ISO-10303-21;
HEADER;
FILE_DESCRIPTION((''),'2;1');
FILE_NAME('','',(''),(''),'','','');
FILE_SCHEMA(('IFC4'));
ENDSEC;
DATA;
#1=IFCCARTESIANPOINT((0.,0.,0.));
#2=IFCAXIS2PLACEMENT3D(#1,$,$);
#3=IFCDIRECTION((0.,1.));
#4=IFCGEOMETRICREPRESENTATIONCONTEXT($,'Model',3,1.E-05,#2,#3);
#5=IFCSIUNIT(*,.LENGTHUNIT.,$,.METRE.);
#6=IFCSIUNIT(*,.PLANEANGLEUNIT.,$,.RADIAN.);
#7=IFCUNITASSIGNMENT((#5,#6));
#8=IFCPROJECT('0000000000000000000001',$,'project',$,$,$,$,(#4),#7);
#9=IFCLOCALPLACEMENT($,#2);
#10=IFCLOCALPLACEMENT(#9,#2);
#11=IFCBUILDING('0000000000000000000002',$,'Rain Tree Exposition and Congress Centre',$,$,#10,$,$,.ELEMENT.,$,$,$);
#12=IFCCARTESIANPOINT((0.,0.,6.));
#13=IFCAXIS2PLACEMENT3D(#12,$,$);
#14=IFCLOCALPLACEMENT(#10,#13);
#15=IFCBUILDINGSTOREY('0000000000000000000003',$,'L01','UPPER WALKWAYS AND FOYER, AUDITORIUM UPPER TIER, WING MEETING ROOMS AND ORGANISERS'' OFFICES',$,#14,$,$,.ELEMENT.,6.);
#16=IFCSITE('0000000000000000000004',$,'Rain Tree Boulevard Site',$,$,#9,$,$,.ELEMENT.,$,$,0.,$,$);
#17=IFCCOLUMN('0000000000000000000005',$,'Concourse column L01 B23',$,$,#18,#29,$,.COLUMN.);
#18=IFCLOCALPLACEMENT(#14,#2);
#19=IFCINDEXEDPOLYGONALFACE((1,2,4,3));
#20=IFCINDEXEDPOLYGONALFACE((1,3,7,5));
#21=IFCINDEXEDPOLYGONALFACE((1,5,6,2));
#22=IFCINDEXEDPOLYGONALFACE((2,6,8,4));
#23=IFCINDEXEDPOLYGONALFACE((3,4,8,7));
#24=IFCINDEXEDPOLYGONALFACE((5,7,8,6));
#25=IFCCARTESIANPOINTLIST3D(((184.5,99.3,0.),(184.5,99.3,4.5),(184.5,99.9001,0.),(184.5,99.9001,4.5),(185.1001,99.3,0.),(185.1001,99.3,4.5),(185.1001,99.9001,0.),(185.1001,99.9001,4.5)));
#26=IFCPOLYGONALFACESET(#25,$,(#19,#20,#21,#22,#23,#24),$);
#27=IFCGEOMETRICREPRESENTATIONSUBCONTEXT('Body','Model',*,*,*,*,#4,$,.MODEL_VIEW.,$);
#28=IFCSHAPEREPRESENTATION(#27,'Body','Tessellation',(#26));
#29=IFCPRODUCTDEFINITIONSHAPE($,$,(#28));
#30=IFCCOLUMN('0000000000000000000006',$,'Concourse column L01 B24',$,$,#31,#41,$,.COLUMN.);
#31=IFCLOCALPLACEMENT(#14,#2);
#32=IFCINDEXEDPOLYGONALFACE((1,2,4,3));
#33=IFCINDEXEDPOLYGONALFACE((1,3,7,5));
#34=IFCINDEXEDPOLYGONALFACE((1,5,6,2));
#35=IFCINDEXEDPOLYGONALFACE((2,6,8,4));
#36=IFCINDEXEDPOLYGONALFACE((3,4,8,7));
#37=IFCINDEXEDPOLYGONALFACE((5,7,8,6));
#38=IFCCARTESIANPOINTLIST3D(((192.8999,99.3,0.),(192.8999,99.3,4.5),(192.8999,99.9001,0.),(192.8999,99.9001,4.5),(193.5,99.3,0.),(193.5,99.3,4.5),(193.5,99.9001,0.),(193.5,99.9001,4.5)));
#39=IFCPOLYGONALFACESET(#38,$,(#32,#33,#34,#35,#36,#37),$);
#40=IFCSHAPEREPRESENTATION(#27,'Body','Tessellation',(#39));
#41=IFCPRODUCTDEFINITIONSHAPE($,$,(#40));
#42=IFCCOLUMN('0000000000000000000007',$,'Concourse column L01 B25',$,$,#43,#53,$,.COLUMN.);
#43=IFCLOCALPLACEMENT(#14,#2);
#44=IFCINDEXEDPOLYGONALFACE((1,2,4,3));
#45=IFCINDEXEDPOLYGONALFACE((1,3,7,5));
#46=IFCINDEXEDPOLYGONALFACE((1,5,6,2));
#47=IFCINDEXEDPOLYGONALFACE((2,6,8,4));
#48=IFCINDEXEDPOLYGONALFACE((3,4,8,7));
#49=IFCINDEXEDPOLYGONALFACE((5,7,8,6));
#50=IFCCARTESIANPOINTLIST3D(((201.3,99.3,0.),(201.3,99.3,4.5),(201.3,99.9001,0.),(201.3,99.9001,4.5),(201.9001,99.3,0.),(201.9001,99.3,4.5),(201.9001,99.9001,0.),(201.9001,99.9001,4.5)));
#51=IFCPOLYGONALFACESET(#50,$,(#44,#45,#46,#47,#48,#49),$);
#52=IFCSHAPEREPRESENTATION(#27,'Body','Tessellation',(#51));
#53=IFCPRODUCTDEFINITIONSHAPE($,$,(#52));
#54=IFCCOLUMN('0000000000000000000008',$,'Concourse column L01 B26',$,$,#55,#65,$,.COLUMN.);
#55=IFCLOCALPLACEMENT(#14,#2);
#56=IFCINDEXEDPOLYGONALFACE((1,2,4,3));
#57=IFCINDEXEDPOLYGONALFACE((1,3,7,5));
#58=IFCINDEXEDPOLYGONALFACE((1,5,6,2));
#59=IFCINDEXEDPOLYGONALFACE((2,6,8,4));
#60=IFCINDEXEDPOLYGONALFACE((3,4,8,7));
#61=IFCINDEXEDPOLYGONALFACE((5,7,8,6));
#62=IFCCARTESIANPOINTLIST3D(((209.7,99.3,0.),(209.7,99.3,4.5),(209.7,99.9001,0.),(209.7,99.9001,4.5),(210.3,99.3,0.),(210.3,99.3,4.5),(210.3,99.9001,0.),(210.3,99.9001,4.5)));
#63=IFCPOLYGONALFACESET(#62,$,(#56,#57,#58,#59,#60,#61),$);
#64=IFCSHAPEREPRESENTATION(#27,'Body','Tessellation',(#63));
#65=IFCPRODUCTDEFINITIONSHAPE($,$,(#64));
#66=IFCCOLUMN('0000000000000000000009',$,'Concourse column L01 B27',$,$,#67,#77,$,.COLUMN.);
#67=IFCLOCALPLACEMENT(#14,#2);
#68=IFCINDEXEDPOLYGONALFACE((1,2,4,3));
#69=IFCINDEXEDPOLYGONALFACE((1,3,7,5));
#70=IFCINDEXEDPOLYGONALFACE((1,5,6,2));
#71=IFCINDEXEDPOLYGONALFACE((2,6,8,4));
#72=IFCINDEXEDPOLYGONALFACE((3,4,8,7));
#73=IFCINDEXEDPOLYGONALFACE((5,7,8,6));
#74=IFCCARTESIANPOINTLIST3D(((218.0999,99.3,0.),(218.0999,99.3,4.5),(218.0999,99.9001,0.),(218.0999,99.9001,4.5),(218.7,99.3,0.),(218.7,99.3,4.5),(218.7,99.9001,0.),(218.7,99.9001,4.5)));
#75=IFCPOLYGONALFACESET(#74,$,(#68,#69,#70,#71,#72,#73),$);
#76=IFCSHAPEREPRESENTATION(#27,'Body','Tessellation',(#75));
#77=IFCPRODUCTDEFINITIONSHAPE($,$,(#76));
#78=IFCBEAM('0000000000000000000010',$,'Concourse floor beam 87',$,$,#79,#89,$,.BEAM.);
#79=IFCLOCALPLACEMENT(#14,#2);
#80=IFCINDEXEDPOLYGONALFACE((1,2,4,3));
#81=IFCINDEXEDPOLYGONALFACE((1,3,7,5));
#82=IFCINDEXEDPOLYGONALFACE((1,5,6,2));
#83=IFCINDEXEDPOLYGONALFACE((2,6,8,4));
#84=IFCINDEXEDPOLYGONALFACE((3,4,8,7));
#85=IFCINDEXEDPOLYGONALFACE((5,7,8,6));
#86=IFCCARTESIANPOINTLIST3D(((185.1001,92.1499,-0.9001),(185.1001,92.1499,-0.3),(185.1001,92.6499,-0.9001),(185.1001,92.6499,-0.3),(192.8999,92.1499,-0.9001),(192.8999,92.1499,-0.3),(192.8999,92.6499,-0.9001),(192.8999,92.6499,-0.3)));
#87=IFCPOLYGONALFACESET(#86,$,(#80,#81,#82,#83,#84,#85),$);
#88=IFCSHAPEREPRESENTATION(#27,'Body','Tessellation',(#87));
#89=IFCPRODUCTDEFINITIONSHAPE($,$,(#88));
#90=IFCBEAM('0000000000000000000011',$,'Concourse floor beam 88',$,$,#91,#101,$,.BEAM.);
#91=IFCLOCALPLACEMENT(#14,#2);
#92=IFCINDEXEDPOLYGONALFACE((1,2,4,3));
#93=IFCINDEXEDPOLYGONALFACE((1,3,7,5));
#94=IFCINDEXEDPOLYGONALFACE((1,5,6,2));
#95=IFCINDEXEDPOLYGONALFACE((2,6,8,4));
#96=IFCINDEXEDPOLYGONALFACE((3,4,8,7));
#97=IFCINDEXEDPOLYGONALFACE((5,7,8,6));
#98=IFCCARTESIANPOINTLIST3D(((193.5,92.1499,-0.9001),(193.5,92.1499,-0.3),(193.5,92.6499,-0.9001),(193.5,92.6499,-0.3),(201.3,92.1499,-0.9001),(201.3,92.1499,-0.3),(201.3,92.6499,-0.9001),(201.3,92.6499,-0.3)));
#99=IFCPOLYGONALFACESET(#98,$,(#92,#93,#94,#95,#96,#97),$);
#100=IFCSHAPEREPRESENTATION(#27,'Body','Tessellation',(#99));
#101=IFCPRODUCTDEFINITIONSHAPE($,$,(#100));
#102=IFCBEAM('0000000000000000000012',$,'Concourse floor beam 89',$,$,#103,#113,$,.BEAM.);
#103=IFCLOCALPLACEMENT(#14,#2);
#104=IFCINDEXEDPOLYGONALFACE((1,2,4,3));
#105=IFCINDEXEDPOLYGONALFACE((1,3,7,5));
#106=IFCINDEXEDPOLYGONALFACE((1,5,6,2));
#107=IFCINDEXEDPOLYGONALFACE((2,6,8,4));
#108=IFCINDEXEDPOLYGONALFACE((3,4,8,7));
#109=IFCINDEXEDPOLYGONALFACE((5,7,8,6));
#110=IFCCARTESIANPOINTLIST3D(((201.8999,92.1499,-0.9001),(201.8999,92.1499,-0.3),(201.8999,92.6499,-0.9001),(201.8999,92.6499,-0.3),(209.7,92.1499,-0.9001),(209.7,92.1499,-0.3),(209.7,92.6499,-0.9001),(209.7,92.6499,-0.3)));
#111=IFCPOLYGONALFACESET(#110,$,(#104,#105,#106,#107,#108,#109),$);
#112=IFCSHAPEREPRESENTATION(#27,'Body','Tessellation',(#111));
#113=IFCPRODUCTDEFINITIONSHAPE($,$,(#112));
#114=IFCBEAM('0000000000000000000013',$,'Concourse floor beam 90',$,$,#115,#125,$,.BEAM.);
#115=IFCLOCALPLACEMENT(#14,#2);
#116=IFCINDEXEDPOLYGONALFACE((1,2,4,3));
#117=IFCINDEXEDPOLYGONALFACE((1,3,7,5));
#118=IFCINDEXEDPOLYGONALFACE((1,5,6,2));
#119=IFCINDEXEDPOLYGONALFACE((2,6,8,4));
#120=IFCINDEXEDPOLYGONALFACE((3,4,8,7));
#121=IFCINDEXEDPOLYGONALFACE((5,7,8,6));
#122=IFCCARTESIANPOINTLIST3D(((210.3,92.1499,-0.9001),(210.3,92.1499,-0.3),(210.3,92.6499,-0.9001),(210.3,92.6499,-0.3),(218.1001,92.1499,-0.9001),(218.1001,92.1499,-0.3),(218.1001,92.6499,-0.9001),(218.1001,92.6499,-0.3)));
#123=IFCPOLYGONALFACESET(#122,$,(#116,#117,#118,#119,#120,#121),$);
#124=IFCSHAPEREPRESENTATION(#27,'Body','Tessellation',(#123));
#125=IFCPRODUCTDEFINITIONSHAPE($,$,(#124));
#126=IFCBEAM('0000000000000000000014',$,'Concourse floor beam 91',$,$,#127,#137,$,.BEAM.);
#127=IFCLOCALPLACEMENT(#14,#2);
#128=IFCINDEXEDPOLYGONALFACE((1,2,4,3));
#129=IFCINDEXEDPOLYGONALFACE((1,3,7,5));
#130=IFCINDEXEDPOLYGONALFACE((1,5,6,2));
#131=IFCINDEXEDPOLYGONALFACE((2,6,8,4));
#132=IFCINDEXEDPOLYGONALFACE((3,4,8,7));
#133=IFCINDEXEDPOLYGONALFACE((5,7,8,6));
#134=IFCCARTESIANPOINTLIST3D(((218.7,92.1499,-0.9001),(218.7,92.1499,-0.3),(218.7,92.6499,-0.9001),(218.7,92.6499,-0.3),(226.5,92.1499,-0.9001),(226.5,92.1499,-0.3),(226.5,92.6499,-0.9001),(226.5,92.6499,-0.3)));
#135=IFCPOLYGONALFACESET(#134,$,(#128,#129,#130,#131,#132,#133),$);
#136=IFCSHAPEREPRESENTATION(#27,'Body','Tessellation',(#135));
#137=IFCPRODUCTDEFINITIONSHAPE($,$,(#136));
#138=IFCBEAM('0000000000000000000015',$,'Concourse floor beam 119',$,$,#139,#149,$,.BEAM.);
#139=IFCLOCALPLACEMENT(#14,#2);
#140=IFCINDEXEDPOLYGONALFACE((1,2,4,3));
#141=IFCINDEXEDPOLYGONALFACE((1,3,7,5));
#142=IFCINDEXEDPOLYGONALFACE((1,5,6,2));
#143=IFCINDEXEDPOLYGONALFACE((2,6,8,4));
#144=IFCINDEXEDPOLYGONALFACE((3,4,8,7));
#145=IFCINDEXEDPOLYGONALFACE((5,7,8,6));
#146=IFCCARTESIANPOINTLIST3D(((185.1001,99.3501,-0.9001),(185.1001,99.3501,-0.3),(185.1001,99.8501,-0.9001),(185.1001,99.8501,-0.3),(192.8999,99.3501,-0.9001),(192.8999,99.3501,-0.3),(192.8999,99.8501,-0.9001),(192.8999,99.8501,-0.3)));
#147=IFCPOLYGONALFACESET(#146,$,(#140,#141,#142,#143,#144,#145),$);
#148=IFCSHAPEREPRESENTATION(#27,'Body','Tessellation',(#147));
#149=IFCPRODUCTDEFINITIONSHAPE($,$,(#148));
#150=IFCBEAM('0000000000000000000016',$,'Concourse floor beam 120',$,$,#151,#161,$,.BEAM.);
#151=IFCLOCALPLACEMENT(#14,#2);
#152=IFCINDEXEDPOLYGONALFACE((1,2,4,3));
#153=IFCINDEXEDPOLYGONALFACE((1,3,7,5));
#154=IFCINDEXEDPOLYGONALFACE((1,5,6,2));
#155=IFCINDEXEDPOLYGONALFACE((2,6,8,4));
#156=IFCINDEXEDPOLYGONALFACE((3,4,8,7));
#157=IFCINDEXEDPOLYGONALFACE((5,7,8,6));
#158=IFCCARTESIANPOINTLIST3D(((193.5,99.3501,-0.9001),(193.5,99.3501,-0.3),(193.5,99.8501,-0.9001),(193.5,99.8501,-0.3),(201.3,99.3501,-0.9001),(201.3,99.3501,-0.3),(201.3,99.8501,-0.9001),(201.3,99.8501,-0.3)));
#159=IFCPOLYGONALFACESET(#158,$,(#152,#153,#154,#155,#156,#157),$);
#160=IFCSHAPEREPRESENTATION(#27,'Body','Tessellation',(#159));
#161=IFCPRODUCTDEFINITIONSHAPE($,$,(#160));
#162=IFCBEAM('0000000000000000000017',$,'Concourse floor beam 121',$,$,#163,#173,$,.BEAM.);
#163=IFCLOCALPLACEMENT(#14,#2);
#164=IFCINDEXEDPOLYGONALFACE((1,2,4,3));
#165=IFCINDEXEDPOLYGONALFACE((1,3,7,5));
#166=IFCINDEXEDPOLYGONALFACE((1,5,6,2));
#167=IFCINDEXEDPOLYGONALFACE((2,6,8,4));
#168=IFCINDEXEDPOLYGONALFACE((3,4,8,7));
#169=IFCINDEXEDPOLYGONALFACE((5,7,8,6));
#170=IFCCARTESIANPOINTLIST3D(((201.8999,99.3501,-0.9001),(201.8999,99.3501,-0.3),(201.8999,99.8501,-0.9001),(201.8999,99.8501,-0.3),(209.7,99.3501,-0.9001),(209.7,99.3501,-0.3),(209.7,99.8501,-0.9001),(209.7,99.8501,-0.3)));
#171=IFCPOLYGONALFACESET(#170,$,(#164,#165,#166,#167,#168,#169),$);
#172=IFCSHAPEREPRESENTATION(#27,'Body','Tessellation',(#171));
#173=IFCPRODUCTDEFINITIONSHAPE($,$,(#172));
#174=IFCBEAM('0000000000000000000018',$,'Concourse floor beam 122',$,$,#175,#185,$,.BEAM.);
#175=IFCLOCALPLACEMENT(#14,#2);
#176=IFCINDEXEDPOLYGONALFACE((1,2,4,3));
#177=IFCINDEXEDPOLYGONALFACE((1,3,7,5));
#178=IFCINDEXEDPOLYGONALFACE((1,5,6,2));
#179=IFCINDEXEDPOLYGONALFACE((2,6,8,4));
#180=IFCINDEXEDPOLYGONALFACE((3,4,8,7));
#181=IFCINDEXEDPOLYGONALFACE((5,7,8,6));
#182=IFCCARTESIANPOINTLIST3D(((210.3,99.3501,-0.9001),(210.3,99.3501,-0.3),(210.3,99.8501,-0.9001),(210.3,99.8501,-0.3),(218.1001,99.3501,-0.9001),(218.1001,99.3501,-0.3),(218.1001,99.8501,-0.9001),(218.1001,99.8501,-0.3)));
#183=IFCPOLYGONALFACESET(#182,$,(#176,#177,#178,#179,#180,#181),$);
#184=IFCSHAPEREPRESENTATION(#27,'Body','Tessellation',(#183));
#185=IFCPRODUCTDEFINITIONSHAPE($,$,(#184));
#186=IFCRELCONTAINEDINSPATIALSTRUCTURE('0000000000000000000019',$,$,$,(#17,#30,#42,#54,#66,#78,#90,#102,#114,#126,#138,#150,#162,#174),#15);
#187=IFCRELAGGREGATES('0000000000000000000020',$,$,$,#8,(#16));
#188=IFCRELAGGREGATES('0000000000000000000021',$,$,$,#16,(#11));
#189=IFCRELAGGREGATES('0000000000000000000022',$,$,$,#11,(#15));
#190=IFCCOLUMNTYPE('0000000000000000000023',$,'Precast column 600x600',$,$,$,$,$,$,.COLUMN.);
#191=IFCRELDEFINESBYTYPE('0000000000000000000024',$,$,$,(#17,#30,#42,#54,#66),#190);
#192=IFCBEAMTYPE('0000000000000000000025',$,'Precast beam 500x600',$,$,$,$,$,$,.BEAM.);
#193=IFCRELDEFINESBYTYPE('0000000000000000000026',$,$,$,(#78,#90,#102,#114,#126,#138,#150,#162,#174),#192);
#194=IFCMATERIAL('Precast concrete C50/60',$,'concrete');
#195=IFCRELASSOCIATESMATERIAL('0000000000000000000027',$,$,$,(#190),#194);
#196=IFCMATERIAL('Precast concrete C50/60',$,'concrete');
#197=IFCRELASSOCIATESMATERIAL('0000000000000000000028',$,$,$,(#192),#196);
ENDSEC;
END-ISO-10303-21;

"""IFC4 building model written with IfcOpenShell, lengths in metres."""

from ifc_helpers import new_model, si_unit, direction, frame, origin, origin_2d, place, context, subcontext, project, spatial, rectangle, extrude, material, material_profile, profile_set, type_object, element, save


model = new_model("IFC4")

# Units and contexts
model_context = context("Model", 3, precision=1e-05, world=origin(), true_north=direction((0.0, 1.0)))
body_context = subcontext(model_context, "Body", "Model", "MODEL_VIEW")
ifc_project = project(units=[si_unit("LENGTHUNIT", "METRE"), si_unit("PLANEANGLEUNIT", "RADIAN")], contexts=[model_context])

# Site, building, storey
site_placement = place(None, origin())
site = spatial("IfcSite", under=ifc_project, at=site_placement, Name="Rain Tree Boulevard Site", CompositionType="ELEMENT", RefElevation=0.0)
building_placement = place(site_placement, origin())
building = spatial("IfcBuilding", under=site, at=building_placement, Name="Rain Tree Exposition and Congress Centre", CompositionType="ELEMENT")
storey_placement = place(building_placement, frame((0.0, 0.0, 6.0)))
storey = spatial("IfcBuildingStorey", under=building, at=storey_placement, Name="L01", Description="UPPER WALKWAYS AND FOYER, AUDITORIUM UPPER TIER, WING MEETING ROOMS AND ORGANISERS' OFFICES", CompositionType="ELEMENT", Elevation=6.0)

# Columns
ifc_material_1 = material(Name="Precast concrete C50/60", Category="concrete")
ifc_material_profile_1 = material_profile(ifc_material_1, rectangle(XDim=0.6001, YDim=0.6001, at=origin_2d()), Name="RC 600x600")
ifc_profile_set_1 = profile_set([ifc_material_profile_1], Name="Precast concrete C50/60")
column_type = type_object("IfcColumnType", Name="Precast column 600x600", PredefinedType="COLUMN", material=ifc_profile_set_1)
for number, where, z_axis, x_axis, name in (
    (1, (184.8, 99.6001, 0.0), (0.0, 0.0, 1.0), (1.0, 0.0, 0.0), "Concourse column L01 B23"),
    (2, (193.2, 99.6001, 0.0), (0.0, 0.0, 1.0), (1.0, 0.0, 0.0), "Concourse column L01 B24"),
    (3, (201.6001, 99.6001, 0.0), (0.0, 0.0, 1.0), (1.0, 0.0, 0.0), "Concourse column L01 B25"),
    (4, (210.0, 99.6001, 0.0), (0.0, 0.0, 1.0), (1.0, 0.0, 0.0), "Concourse column L01 B26"),
    (5, (218.3999, 99.6001, 0.0), (0.0, 0.0, 1.0), (1.0, 0.0, 0.0), "Concourse column L01 B27"),
):
    element("IfcColumn", number, at=place(storey_placement, frame(where, z_axis=z_axis, x_axis=x_axis)), inside=storey, type_object=column_type, Name=name, PredefinedType="COLUMN", context=body_context, shape_type="SweptSolid", body=[
        extrude(rectangle(XDim=0.6001, YDim=0.6001, at=origin_2d()), origin(), (0.0, 0.0, 1.0), 4.5),
    ])

# Beams
ifc_material_2 = material(Name="Precast concrete C50/60", Category="concrete")
ifc_material_profile_2 = material_profile(ifc_material_2, rectangle(XDim=0.5, YDim=0.6001, at=origin_2d()), Name="RC 500x600")
ifc_profile_set_2 = profile_set([ifc_material_profile_2], Name="Precast concrete C50/60")
beam_type = type_object("IfcBeamType", Name="Precast beam 500x600", PredefinedType="BEAM", material=ifc_profile_set_2)
beam_1_placement = place(storey_placement, frame((185.1001, 92.3999, -0.6001), z_axis=(1.0, 0.0, 0.0), x_axis=(0.0, 1.0, 0.0)))
element("IfcBeam", 6, at=beam_1_placement, inside=storey, type_object=beam_type, Name="Concourse floor beam 87", PredefinedType="BEAM", context=body_context, shape_type="SweptSolid", body=[
    extrude(rectangle(XDim=0.5, YDim=0.6001, at=origin_2d()), origin(), (0.0, 0.0, 1.0), 7.7998),
])
for number, where, z_axis, x_axis, name in (
    (7, (193.5, 92.3999, -0.6001), (1.0, 0.0, 0.0), (0.0, 1.0, 0.0), "Concourse floor beam 88"),
    (8, (201.8999, 92.3999, -0.6001), (1.0, 0.0, 0.0), (0.0, 1.0, 0.0), "Concourse floor beam 89"),
    (9, (210.3, 92.3999, -0.6001), (1.0, 0.0, 0.0), (0.0, 1.0, 0.0), "Concourse floor beam 90"),
    (10, (218.7, 92.3999, -0.6001), (1.0, 0.0, 0.0), (0.0, 1.0, 0.0), "Concourse floor beam 91"),
):
    element("IfcBeam", number, at=place(storey_placement, frame(where, z_axis=z_axis, x_axis=x_axis)), inside=storey, type_object=beam_type, Name=name, PredefinedType="BEAM", context=body_context, shape_type="SweptSolid", body=[
        extrude(rectangle(XDim=0.5, YDim=0.6001, at=origin_2d()), origin(), (0.0, 0.0, 1.0), 7.8),
    ])
beam_2_placement = place(storey_placement, frame((185.1001, 99.6001, -0.6001), z_axis=(1.0, 0.0, 0.0), x_axis=(0.0, 1.0, 0.0)))
element("IfcBeam", 11, at=beam_2_placement, inside=storey, type_object=beam_type, Name="Concourse floor beam 119", PredefinedType="BEAM", context=body_context, shape_type="SweptSolid", body=[
    extrude(rectangle(XDim=0.5, YDim=0.6001, at=origin_2d()), origin(), (0.0, 0.0, 1.0), 7.7998),
])
for number, where, z_axis, x_axis, name in (
    (12, (193.5, 99.6001, -0.6001), (1.0, 0.0, 0.0), (0.0, 1.0, 0.0), "Concourse floor beam 120"),
    (13, (201.8999, 99.6001, -0.6001), (1.0, 0.0, 0.0), (0.0, 1.0, 0.0), "Concourse floor beam 121"),
    (14, (210.3, 99.6001, -0.6001), (1.0, 0.0, 0.0), (0.0, 1.0, 0.0), "Concourse floor beam 122"),
):
    element("IfcBeam", number, at=place(storey_placement, frame(where, z_axis=z_axis, x_axis=x_axis)), inside=storey, type_object=beam_type, Name=name, PredefinedType="BEAM", context=body_context, shape_type="SweptSolid", body=[
        extrude(rectangle(XDim=0.5, YDim=0.6001, at=origin_2d()), origin(), (0.0, 0.0, 1.0), 7.8),
    ])

save(model, "model.ifc")
